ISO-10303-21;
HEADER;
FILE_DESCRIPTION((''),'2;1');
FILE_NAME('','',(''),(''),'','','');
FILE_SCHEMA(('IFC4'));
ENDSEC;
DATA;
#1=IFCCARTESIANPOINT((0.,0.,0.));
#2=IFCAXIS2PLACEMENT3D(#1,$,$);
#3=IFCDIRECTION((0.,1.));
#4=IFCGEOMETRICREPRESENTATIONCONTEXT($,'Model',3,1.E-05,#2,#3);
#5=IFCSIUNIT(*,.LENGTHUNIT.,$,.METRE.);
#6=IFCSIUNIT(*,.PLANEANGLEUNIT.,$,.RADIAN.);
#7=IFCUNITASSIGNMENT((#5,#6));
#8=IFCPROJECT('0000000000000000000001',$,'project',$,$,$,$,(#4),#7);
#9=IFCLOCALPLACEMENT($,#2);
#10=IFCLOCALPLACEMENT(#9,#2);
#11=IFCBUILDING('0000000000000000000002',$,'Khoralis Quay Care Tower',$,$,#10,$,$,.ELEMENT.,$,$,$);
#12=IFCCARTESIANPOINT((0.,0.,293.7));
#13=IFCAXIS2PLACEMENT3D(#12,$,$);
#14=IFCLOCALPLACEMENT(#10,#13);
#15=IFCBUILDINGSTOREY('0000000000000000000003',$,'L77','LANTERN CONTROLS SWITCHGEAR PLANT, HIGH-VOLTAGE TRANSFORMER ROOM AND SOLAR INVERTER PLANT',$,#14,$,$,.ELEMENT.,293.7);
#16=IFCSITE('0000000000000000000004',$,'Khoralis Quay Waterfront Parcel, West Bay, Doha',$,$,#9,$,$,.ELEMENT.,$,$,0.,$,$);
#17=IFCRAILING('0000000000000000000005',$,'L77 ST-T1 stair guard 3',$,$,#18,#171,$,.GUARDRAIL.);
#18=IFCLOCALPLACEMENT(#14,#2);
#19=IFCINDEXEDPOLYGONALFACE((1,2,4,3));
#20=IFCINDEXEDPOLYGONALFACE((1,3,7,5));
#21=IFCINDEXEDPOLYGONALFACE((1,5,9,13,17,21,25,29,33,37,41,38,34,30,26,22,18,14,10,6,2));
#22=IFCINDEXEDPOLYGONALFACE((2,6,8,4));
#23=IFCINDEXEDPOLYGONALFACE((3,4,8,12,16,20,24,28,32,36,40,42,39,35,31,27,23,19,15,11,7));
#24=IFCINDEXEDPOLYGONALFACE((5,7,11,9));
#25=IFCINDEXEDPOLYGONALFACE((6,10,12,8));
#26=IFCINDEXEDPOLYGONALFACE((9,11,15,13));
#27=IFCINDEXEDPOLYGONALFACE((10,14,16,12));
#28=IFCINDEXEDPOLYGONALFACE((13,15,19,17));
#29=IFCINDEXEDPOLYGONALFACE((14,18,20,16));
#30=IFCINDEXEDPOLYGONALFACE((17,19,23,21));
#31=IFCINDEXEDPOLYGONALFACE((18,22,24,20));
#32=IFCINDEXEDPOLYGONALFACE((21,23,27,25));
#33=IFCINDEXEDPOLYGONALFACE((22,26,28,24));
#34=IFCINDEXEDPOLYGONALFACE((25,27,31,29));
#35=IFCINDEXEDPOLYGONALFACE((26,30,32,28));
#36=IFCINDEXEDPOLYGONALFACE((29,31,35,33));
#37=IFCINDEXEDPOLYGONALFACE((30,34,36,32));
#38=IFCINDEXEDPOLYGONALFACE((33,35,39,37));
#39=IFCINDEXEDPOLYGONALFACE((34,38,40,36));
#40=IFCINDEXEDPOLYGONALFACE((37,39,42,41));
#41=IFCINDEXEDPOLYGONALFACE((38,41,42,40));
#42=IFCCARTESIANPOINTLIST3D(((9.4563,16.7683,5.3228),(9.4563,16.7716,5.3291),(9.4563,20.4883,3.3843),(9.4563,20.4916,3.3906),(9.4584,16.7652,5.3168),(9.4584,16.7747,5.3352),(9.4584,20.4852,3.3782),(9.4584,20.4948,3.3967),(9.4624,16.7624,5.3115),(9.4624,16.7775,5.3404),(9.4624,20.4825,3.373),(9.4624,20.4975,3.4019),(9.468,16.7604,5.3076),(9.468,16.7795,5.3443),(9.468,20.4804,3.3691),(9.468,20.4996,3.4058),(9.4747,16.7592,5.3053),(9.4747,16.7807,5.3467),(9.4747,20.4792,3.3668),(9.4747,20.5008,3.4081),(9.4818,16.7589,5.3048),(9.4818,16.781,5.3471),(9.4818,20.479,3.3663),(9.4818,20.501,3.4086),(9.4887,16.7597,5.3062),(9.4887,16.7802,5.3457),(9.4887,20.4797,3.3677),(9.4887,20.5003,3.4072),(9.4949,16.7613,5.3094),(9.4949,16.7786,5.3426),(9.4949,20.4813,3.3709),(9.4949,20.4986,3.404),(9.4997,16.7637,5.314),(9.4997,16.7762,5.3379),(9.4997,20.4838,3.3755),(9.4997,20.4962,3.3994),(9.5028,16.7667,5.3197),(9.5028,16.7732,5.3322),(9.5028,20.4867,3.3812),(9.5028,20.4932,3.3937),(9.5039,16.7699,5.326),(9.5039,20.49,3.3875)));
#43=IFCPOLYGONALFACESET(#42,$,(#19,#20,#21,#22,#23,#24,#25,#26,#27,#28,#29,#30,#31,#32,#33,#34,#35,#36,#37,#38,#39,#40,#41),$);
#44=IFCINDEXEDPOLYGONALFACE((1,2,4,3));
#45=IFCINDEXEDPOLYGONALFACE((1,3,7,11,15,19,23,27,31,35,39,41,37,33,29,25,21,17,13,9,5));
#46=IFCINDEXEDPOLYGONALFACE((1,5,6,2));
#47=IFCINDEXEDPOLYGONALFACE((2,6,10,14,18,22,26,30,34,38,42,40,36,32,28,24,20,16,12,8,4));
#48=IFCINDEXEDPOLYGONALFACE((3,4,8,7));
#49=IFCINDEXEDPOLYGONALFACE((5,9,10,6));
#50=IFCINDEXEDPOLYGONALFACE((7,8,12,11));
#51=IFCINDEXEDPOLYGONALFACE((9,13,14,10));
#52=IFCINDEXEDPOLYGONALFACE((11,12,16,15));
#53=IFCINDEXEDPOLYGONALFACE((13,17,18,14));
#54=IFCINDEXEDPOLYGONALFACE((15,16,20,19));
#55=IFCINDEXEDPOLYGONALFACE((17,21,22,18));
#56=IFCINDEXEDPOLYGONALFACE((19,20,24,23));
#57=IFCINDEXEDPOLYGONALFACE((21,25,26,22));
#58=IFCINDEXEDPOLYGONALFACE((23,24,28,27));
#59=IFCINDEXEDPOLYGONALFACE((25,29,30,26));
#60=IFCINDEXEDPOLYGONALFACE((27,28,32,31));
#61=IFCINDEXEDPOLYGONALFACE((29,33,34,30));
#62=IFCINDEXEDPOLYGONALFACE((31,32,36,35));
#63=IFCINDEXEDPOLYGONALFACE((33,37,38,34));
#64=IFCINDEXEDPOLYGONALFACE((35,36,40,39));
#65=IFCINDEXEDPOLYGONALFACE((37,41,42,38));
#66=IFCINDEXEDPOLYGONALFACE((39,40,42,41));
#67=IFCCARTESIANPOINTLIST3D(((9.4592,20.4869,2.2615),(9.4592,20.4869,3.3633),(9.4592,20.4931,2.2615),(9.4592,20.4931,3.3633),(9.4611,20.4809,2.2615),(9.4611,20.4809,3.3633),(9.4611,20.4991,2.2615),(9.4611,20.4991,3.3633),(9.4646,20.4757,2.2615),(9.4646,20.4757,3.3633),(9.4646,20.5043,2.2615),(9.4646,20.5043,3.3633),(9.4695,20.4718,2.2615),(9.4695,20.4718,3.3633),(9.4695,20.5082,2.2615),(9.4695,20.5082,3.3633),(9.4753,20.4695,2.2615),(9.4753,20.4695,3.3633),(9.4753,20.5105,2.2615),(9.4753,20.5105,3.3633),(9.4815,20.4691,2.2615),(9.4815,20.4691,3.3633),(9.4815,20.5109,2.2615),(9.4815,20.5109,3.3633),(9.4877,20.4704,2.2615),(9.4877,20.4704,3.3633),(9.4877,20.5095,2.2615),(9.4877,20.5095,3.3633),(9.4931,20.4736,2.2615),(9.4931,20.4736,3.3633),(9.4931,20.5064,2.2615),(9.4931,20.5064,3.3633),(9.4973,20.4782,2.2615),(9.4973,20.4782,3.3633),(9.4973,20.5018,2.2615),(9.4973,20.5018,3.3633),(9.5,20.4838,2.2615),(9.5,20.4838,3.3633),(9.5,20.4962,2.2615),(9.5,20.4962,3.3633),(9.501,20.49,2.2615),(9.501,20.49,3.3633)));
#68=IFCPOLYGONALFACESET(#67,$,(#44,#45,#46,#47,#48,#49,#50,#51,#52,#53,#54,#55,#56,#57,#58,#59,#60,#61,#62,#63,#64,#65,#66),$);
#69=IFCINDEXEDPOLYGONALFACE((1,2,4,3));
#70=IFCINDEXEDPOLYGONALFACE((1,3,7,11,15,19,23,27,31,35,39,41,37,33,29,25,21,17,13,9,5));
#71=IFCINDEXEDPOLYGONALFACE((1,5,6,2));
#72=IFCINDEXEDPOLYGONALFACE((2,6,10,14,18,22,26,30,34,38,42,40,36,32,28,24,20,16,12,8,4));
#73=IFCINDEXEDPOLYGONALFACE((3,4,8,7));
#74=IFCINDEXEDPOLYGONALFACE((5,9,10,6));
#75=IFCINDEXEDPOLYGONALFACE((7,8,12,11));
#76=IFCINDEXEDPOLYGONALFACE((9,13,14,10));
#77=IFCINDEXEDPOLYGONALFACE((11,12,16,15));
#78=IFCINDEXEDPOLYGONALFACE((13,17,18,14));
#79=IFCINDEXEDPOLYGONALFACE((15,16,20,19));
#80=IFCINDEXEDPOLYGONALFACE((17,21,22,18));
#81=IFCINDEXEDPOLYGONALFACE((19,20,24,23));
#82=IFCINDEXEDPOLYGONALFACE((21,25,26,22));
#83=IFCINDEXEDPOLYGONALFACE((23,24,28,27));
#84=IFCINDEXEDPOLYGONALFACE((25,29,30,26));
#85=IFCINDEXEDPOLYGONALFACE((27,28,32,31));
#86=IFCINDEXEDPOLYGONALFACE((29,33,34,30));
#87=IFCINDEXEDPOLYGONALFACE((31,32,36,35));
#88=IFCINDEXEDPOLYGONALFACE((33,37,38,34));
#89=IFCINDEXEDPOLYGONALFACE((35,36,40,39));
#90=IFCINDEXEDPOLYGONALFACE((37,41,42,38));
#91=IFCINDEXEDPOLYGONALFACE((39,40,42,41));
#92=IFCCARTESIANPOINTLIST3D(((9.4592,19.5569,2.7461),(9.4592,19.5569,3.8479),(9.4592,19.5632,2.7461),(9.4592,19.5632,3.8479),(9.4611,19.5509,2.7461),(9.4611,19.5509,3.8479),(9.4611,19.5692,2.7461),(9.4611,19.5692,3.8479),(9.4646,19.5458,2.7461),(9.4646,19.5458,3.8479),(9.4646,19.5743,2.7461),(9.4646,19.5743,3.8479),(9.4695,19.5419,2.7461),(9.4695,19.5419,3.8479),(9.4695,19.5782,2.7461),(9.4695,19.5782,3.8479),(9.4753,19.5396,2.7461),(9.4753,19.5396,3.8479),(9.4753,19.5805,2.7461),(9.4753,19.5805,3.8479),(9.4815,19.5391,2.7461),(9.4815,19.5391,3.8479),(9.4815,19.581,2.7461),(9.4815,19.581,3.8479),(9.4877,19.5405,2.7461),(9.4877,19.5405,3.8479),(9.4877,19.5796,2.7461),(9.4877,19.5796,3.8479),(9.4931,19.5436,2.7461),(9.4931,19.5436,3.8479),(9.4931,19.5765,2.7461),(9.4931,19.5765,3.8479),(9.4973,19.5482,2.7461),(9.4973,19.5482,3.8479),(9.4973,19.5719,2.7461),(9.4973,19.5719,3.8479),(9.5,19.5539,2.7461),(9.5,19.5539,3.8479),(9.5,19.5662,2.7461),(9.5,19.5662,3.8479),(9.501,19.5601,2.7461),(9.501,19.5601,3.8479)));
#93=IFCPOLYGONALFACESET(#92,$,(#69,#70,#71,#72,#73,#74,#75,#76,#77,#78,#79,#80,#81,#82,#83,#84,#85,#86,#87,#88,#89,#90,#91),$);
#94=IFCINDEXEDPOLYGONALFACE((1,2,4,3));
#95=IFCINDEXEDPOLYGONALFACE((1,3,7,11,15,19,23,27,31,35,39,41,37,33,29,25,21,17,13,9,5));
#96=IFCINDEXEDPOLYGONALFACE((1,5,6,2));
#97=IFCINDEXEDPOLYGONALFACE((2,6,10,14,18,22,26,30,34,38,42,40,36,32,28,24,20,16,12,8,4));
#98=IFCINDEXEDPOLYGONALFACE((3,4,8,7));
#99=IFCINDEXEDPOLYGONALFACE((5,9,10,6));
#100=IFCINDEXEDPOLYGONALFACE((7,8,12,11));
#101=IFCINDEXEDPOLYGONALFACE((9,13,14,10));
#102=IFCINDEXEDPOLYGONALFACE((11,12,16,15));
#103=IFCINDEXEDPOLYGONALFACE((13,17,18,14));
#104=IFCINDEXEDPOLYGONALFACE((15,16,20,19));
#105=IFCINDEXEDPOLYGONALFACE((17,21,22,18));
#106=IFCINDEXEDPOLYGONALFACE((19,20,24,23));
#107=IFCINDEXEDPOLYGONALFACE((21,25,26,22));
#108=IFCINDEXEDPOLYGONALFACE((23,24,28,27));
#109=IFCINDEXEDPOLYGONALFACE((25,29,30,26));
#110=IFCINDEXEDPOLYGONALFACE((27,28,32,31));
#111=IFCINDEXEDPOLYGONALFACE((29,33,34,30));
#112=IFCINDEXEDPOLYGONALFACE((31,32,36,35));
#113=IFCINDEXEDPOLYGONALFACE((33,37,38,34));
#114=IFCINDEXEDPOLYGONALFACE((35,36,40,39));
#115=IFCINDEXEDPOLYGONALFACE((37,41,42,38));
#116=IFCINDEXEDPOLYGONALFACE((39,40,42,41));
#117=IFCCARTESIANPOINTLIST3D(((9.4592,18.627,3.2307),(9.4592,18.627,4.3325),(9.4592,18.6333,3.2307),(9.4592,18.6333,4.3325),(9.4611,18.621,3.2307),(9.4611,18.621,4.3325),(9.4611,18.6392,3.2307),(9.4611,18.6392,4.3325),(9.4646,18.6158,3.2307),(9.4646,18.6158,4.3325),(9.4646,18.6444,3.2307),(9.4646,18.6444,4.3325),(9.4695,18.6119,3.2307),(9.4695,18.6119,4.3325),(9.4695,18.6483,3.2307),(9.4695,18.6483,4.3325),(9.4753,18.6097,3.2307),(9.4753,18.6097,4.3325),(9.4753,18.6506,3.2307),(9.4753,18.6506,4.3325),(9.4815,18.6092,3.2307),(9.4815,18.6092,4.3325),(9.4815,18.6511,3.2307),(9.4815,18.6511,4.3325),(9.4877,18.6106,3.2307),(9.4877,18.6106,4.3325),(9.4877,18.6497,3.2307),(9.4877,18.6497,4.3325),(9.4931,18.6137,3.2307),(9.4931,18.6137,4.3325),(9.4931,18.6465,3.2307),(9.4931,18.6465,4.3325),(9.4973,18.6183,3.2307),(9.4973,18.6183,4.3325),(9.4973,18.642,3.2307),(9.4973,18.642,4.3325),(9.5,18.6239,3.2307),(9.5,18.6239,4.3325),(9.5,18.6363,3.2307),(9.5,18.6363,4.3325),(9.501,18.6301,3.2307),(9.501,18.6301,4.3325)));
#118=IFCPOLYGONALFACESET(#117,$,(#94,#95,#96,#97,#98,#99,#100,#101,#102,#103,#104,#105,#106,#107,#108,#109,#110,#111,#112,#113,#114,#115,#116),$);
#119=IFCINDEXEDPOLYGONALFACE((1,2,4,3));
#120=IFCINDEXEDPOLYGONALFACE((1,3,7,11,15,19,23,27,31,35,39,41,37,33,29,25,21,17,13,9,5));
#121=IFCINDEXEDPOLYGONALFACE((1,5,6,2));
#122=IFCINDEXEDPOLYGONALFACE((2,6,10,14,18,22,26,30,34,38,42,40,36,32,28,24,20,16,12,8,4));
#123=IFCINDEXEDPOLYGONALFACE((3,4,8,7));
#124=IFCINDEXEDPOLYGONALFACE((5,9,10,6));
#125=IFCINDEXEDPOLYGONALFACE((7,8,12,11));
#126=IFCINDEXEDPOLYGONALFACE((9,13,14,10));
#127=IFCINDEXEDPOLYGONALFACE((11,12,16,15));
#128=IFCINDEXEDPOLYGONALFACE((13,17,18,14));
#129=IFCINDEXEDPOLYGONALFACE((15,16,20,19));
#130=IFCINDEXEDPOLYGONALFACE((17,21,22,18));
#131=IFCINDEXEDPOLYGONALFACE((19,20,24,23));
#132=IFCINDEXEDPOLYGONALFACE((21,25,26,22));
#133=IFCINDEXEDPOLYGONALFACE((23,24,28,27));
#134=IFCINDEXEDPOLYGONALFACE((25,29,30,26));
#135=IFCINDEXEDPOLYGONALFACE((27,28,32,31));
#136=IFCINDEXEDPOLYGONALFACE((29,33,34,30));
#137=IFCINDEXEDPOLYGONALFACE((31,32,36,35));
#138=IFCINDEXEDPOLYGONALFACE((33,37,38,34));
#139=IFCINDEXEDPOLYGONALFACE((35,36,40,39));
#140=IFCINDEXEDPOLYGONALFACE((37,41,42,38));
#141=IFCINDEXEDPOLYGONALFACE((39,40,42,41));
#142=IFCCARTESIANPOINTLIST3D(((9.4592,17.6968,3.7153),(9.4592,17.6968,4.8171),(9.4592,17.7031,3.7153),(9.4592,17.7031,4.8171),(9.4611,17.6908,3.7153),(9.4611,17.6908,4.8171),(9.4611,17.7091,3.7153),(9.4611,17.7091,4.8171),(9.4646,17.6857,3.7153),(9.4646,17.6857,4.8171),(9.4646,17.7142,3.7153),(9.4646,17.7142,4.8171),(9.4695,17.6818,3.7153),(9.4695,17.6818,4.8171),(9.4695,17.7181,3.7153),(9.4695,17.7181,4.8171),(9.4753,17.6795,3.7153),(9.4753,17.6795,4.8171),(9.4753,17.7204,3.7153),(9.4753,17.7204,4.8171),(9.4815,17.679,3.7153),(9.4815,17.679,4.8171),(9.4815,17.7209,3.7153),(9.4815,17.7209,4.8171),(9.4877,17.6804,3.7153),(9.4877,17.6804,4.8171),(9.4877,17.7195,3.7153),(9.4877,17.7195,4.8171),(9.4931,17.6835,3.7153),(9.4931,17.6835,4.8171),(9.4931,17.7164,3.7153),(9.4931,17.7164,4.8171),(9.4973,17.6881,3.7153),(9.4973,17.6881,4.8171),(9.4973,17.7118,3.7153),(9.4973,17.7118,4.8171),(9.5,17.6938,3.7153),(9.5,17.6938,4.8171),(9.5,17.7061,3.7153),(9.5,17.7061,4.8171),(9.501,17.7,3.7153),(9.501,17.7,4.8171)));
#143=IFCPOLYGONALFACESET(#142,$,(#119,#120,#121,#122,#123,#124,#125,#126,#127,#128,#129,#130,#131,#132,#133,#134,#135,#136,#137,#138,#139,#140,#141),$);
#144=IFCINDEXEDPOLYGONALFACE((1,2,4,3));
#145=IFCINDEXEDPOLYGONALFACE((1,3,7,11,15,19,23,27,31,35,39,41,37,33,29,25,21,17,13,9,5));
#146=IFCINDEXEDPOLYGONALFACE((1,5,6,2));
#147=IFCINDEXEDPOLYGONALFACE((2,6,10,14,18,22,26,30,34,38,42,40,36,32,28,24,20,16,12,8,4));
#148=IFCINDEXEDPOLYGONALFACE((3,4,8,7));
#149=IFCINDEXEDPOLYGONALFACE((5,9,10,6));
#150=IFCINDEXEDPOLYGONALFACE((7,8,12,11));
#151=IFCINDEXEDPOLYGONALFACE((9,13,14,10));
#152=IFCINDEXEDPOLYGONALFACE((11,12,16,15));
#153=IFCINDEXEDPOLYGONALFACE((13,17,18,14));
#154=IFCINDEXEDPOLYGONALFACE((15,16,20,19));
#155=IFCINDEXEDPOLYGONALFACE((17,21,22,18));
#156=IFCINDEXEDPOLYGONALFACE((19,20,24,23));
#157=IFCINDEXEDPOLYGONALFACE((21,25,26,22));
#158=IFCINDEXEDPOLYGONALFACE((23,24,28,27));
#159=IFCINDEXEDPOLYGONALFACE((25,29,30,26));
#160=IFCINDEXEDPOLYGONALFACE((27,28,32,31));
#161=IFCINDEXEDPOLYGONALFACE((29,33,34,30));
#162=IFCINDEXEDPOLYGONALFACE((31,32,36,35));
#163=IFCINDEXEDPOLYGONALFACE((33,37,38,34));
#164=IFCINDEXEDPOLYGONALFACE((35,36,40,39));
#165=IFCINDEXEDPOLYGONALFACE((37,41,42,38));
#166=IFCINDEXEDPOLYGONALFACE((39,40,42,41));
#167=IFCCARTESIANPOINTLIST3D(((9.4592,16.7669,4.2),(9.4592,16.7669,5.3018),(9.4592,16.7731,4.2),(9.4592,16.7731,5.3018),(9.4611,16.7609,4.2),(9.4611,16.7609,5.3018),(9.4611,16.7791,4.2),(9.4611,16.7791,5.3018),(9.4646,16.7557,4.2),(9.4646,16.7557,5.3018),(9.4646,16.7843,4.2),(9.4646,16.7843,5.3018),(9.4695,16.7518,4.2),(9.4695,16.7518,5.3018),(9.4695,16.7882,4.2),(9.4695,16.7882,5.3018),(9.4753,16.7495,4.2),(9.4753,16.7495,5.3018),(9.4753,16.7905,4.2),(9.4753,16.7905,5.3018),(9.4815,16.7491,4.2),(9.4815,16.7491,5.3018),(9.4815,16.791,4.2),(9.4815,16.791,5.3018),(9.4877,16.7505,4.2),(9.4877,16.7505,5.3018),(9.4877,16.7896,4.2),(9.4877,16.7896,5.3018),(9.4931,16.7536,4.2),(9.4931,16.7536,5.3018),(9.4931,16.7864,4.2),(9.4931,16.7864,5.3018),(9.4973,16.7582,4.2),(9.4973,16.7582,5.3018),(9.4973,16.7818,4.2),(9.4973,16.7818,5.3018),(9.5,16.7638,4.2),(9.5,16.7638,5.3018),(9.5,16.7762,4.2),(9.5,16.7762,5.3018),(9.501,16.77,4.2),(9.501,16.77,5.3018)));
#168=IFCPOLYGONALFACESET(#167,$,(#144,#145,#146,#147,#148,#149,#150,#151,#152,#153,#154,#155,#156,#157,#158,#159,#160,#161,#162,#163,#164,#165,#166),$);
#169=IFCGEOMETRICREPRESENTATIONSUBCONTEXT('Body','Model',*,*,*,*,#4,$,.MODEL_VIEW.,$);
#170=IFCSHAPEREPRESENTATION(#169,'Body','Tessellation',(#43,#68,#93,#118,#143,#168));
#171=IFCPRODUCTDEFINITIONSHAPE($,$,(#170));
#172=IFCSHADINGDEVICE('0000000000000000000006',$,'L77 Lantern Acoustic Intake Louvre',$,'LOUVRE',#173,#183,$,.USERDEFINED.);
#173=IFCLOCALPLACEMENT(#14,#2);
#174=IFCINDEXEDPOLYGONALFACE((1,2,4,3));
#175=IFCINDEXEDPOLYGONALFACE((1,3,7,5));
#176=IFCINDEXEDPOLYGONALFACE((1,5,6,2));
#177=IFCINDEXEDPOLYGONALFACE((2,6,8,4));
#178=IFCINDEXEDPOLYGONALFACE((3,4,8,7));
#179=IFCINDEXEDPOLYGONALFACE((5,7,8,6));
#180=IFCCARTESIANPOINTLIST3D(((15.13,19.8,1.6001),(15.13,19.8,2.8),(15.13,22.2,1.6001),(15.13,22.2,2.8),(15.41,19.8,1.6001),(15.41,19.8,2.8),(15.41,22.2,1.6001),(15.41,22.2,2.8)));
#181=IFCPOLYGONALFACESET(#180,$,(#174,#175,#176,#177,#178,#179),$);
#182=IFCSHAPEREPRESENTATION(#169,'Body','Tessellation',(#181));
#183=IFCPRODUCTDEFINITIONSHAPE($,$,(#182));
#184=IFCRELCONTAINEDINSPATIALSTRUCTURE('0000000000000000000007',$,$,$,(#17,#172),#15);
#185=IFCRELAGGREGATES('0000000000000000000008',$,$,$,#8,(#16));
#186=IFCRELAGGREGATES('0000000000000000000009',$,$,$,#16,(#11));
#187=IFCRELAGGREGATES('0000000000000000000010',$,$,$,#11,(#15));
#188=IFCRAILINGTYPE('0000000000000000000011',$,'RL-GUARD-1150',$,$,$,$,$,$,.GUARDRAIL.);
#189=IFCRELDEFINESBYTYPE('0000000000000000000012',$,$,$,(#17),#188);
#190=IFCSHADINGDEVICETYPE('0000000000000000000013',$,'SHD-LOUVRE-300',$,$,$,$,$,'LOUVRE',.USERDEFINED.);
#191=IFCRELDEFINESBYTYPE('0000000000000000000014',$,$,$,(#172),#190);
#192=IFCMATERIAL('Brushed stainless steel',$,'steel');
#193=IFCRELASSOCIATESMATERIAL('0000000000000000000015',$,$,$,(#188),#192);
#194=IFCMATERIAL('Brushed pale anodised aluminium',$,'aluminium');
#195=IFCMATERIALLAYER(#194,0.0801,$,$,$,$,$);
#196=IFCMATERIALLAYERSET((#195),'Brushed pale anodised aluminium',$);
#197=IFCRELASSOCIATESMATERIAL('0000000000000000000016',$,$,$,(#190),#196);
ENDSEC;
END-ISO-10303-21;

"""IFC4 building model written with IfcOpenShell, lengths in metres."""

from ifc_helpers import new_model, si_unit, direction, frame, origin, origin_2d, place, context, subcontext, project, spatial, rectangle, circle, extrude, source, transform, mapped, material, layer, layer_set, type_object, element, save


model = new_model("IFC4")

# Units and contexts
model_context = context("Model", 3, precision=1e-05, world=origin(), true_north=direction((0.0, 1.0)))
body_context = subcontext(model_context, "Body", "Model", "MODEL_VIEW")
ifc_project = project(units=[si_unit("LENGTHUNIT", "METRE"), si_unit("PLANEANGLEUNIT", "RADIAN")], contexts=[model_context])

# Site, building, storey
site_placement = place(None, origin())
site = spatial("IfcSite", under=ifc_project, at=site_placement, Name="Khoralis Quay Waterfront Parcel, West Bay, Doha", CompositionType="ELEMENT", RefElevation=0.0)
building_placement = place(site_placement, origin())
building = spatial("IfcBuilding", under=site, at=building_placement, Name="Khoralis Quay Care Tower", CompositionType="ELEMENT")
storey_placement = place(building_placement, frame((0.0, 0.0, 293.7)))
storey = spatial("IfcBuildingStorey", under=building, at=storey_placement, Name="L77", Description="LANTERN CONTROLS SWITCHGEAR PLANT, HIGH-VOLTAGE TRANSFORMER ROOM AND SOLAR INVERTER PLANT", CompositionType="ELEMENT", Elevation=293.7)

# Railing
ifc_material_1 = material(Name="Brushed stainless steel", Category="steel")
railing_type = type_object("IfcRailingType", Name="RL-GUARD-1150", PredefinedType="GUARDRAIL", material=ifc_material_1)
railing_1_placement = place(storey_placement, frame((9.48, 20.49, 2.2615)))
element("IfcRailing", 1, at=railing_1_placement, inside=storey, type_object=railing_type, Name="L77 ST-T1 stair guard 3", PredefinedType="GUARDRAIL", context=body_context, shape_type="SweptSolid", body=[
    extrude(circle(Radius=0.0239, at=origin_2d()), frame((0.0, 0.0, 1.126), z_axis=(0.0, -0.886817, 0.46212), x_axis=(1.0, 0.0, 0.0)), (0.0, 0.0, 1.0), 4.1948),
    extrude(circle(Radius=0.021, at=origin_2d()), origin(), (0.0, 0.0, 1.0), 1.1018),
    extrude(circle(Radius=0.021, at=origin_2d()), frame((0.0, -0.9299, 0.4846)), (0.0, 0.0, 1.0), 1.1018),
    extrude(circle(Radius=0.021, at=origin_2d()), frame((0.0, -1.8599, 0.9692)), (0.0, 0.0, 1.0), 1.1018),
    extrude(circle(Radius=0.021, at=origin_2d()), frame((0.0, -2.79, 1.4539)), (0.0, 0.0, 1.0), 1.1018),
    extrude(circle(Radius=0.021, at=origin_2d()), frame((0.0, -3.72, 1.9385)), (0.0, 0.0, 1.0), 1.1018),
])

# Shading device
ifc_material_2 = material(Name="Brushed pale anodised aluminium", Category="aluminium")
ifc_layer_1 = layer(ifc_material_2, 0.0801)
ifc_layer_set_1 = layer_set([ifc_layer_1], Name="Brushed pale anodised aluminium")
shading_device_type = type_object("IfcShadingDeviceType", Name="SHD-LOUVRE-300", ElementType="LOUVRE", PredefinedType="USERDEFINED", material=ifc_layer_set_1)
shared_shape_1 = source(origin(), body_context, "Body", "SweptSolid", [
    extrude(rectangle(XDim=0.28, YDim=2.3999, at=origin_2d()), origin(), (0.0, 0.0, 1.0), 1.2),
])
shading_device_placement = place(storey_placement, frame((15.27, 21.0, 1.6001), z_axis=(0.0, 0.0, 1.0), x_axis=(1.0, 0.0, 0.0)))
element("IfcShadingDevice", 2, at=shading_device_placement, inside=storey, type_object=shading_device_type, Name="L77 Lantern Acoustic Intake Louvre", ObjectType="LOUVRE", PredefinedType="USERDEFINED", context=body_context, shape_type="MappedRepresentation", body=[
    mapped(shared_shape_1, transform((0.0, 0.0, 0.0), scale=1.0)),
])

save(model, "model.ifc")
